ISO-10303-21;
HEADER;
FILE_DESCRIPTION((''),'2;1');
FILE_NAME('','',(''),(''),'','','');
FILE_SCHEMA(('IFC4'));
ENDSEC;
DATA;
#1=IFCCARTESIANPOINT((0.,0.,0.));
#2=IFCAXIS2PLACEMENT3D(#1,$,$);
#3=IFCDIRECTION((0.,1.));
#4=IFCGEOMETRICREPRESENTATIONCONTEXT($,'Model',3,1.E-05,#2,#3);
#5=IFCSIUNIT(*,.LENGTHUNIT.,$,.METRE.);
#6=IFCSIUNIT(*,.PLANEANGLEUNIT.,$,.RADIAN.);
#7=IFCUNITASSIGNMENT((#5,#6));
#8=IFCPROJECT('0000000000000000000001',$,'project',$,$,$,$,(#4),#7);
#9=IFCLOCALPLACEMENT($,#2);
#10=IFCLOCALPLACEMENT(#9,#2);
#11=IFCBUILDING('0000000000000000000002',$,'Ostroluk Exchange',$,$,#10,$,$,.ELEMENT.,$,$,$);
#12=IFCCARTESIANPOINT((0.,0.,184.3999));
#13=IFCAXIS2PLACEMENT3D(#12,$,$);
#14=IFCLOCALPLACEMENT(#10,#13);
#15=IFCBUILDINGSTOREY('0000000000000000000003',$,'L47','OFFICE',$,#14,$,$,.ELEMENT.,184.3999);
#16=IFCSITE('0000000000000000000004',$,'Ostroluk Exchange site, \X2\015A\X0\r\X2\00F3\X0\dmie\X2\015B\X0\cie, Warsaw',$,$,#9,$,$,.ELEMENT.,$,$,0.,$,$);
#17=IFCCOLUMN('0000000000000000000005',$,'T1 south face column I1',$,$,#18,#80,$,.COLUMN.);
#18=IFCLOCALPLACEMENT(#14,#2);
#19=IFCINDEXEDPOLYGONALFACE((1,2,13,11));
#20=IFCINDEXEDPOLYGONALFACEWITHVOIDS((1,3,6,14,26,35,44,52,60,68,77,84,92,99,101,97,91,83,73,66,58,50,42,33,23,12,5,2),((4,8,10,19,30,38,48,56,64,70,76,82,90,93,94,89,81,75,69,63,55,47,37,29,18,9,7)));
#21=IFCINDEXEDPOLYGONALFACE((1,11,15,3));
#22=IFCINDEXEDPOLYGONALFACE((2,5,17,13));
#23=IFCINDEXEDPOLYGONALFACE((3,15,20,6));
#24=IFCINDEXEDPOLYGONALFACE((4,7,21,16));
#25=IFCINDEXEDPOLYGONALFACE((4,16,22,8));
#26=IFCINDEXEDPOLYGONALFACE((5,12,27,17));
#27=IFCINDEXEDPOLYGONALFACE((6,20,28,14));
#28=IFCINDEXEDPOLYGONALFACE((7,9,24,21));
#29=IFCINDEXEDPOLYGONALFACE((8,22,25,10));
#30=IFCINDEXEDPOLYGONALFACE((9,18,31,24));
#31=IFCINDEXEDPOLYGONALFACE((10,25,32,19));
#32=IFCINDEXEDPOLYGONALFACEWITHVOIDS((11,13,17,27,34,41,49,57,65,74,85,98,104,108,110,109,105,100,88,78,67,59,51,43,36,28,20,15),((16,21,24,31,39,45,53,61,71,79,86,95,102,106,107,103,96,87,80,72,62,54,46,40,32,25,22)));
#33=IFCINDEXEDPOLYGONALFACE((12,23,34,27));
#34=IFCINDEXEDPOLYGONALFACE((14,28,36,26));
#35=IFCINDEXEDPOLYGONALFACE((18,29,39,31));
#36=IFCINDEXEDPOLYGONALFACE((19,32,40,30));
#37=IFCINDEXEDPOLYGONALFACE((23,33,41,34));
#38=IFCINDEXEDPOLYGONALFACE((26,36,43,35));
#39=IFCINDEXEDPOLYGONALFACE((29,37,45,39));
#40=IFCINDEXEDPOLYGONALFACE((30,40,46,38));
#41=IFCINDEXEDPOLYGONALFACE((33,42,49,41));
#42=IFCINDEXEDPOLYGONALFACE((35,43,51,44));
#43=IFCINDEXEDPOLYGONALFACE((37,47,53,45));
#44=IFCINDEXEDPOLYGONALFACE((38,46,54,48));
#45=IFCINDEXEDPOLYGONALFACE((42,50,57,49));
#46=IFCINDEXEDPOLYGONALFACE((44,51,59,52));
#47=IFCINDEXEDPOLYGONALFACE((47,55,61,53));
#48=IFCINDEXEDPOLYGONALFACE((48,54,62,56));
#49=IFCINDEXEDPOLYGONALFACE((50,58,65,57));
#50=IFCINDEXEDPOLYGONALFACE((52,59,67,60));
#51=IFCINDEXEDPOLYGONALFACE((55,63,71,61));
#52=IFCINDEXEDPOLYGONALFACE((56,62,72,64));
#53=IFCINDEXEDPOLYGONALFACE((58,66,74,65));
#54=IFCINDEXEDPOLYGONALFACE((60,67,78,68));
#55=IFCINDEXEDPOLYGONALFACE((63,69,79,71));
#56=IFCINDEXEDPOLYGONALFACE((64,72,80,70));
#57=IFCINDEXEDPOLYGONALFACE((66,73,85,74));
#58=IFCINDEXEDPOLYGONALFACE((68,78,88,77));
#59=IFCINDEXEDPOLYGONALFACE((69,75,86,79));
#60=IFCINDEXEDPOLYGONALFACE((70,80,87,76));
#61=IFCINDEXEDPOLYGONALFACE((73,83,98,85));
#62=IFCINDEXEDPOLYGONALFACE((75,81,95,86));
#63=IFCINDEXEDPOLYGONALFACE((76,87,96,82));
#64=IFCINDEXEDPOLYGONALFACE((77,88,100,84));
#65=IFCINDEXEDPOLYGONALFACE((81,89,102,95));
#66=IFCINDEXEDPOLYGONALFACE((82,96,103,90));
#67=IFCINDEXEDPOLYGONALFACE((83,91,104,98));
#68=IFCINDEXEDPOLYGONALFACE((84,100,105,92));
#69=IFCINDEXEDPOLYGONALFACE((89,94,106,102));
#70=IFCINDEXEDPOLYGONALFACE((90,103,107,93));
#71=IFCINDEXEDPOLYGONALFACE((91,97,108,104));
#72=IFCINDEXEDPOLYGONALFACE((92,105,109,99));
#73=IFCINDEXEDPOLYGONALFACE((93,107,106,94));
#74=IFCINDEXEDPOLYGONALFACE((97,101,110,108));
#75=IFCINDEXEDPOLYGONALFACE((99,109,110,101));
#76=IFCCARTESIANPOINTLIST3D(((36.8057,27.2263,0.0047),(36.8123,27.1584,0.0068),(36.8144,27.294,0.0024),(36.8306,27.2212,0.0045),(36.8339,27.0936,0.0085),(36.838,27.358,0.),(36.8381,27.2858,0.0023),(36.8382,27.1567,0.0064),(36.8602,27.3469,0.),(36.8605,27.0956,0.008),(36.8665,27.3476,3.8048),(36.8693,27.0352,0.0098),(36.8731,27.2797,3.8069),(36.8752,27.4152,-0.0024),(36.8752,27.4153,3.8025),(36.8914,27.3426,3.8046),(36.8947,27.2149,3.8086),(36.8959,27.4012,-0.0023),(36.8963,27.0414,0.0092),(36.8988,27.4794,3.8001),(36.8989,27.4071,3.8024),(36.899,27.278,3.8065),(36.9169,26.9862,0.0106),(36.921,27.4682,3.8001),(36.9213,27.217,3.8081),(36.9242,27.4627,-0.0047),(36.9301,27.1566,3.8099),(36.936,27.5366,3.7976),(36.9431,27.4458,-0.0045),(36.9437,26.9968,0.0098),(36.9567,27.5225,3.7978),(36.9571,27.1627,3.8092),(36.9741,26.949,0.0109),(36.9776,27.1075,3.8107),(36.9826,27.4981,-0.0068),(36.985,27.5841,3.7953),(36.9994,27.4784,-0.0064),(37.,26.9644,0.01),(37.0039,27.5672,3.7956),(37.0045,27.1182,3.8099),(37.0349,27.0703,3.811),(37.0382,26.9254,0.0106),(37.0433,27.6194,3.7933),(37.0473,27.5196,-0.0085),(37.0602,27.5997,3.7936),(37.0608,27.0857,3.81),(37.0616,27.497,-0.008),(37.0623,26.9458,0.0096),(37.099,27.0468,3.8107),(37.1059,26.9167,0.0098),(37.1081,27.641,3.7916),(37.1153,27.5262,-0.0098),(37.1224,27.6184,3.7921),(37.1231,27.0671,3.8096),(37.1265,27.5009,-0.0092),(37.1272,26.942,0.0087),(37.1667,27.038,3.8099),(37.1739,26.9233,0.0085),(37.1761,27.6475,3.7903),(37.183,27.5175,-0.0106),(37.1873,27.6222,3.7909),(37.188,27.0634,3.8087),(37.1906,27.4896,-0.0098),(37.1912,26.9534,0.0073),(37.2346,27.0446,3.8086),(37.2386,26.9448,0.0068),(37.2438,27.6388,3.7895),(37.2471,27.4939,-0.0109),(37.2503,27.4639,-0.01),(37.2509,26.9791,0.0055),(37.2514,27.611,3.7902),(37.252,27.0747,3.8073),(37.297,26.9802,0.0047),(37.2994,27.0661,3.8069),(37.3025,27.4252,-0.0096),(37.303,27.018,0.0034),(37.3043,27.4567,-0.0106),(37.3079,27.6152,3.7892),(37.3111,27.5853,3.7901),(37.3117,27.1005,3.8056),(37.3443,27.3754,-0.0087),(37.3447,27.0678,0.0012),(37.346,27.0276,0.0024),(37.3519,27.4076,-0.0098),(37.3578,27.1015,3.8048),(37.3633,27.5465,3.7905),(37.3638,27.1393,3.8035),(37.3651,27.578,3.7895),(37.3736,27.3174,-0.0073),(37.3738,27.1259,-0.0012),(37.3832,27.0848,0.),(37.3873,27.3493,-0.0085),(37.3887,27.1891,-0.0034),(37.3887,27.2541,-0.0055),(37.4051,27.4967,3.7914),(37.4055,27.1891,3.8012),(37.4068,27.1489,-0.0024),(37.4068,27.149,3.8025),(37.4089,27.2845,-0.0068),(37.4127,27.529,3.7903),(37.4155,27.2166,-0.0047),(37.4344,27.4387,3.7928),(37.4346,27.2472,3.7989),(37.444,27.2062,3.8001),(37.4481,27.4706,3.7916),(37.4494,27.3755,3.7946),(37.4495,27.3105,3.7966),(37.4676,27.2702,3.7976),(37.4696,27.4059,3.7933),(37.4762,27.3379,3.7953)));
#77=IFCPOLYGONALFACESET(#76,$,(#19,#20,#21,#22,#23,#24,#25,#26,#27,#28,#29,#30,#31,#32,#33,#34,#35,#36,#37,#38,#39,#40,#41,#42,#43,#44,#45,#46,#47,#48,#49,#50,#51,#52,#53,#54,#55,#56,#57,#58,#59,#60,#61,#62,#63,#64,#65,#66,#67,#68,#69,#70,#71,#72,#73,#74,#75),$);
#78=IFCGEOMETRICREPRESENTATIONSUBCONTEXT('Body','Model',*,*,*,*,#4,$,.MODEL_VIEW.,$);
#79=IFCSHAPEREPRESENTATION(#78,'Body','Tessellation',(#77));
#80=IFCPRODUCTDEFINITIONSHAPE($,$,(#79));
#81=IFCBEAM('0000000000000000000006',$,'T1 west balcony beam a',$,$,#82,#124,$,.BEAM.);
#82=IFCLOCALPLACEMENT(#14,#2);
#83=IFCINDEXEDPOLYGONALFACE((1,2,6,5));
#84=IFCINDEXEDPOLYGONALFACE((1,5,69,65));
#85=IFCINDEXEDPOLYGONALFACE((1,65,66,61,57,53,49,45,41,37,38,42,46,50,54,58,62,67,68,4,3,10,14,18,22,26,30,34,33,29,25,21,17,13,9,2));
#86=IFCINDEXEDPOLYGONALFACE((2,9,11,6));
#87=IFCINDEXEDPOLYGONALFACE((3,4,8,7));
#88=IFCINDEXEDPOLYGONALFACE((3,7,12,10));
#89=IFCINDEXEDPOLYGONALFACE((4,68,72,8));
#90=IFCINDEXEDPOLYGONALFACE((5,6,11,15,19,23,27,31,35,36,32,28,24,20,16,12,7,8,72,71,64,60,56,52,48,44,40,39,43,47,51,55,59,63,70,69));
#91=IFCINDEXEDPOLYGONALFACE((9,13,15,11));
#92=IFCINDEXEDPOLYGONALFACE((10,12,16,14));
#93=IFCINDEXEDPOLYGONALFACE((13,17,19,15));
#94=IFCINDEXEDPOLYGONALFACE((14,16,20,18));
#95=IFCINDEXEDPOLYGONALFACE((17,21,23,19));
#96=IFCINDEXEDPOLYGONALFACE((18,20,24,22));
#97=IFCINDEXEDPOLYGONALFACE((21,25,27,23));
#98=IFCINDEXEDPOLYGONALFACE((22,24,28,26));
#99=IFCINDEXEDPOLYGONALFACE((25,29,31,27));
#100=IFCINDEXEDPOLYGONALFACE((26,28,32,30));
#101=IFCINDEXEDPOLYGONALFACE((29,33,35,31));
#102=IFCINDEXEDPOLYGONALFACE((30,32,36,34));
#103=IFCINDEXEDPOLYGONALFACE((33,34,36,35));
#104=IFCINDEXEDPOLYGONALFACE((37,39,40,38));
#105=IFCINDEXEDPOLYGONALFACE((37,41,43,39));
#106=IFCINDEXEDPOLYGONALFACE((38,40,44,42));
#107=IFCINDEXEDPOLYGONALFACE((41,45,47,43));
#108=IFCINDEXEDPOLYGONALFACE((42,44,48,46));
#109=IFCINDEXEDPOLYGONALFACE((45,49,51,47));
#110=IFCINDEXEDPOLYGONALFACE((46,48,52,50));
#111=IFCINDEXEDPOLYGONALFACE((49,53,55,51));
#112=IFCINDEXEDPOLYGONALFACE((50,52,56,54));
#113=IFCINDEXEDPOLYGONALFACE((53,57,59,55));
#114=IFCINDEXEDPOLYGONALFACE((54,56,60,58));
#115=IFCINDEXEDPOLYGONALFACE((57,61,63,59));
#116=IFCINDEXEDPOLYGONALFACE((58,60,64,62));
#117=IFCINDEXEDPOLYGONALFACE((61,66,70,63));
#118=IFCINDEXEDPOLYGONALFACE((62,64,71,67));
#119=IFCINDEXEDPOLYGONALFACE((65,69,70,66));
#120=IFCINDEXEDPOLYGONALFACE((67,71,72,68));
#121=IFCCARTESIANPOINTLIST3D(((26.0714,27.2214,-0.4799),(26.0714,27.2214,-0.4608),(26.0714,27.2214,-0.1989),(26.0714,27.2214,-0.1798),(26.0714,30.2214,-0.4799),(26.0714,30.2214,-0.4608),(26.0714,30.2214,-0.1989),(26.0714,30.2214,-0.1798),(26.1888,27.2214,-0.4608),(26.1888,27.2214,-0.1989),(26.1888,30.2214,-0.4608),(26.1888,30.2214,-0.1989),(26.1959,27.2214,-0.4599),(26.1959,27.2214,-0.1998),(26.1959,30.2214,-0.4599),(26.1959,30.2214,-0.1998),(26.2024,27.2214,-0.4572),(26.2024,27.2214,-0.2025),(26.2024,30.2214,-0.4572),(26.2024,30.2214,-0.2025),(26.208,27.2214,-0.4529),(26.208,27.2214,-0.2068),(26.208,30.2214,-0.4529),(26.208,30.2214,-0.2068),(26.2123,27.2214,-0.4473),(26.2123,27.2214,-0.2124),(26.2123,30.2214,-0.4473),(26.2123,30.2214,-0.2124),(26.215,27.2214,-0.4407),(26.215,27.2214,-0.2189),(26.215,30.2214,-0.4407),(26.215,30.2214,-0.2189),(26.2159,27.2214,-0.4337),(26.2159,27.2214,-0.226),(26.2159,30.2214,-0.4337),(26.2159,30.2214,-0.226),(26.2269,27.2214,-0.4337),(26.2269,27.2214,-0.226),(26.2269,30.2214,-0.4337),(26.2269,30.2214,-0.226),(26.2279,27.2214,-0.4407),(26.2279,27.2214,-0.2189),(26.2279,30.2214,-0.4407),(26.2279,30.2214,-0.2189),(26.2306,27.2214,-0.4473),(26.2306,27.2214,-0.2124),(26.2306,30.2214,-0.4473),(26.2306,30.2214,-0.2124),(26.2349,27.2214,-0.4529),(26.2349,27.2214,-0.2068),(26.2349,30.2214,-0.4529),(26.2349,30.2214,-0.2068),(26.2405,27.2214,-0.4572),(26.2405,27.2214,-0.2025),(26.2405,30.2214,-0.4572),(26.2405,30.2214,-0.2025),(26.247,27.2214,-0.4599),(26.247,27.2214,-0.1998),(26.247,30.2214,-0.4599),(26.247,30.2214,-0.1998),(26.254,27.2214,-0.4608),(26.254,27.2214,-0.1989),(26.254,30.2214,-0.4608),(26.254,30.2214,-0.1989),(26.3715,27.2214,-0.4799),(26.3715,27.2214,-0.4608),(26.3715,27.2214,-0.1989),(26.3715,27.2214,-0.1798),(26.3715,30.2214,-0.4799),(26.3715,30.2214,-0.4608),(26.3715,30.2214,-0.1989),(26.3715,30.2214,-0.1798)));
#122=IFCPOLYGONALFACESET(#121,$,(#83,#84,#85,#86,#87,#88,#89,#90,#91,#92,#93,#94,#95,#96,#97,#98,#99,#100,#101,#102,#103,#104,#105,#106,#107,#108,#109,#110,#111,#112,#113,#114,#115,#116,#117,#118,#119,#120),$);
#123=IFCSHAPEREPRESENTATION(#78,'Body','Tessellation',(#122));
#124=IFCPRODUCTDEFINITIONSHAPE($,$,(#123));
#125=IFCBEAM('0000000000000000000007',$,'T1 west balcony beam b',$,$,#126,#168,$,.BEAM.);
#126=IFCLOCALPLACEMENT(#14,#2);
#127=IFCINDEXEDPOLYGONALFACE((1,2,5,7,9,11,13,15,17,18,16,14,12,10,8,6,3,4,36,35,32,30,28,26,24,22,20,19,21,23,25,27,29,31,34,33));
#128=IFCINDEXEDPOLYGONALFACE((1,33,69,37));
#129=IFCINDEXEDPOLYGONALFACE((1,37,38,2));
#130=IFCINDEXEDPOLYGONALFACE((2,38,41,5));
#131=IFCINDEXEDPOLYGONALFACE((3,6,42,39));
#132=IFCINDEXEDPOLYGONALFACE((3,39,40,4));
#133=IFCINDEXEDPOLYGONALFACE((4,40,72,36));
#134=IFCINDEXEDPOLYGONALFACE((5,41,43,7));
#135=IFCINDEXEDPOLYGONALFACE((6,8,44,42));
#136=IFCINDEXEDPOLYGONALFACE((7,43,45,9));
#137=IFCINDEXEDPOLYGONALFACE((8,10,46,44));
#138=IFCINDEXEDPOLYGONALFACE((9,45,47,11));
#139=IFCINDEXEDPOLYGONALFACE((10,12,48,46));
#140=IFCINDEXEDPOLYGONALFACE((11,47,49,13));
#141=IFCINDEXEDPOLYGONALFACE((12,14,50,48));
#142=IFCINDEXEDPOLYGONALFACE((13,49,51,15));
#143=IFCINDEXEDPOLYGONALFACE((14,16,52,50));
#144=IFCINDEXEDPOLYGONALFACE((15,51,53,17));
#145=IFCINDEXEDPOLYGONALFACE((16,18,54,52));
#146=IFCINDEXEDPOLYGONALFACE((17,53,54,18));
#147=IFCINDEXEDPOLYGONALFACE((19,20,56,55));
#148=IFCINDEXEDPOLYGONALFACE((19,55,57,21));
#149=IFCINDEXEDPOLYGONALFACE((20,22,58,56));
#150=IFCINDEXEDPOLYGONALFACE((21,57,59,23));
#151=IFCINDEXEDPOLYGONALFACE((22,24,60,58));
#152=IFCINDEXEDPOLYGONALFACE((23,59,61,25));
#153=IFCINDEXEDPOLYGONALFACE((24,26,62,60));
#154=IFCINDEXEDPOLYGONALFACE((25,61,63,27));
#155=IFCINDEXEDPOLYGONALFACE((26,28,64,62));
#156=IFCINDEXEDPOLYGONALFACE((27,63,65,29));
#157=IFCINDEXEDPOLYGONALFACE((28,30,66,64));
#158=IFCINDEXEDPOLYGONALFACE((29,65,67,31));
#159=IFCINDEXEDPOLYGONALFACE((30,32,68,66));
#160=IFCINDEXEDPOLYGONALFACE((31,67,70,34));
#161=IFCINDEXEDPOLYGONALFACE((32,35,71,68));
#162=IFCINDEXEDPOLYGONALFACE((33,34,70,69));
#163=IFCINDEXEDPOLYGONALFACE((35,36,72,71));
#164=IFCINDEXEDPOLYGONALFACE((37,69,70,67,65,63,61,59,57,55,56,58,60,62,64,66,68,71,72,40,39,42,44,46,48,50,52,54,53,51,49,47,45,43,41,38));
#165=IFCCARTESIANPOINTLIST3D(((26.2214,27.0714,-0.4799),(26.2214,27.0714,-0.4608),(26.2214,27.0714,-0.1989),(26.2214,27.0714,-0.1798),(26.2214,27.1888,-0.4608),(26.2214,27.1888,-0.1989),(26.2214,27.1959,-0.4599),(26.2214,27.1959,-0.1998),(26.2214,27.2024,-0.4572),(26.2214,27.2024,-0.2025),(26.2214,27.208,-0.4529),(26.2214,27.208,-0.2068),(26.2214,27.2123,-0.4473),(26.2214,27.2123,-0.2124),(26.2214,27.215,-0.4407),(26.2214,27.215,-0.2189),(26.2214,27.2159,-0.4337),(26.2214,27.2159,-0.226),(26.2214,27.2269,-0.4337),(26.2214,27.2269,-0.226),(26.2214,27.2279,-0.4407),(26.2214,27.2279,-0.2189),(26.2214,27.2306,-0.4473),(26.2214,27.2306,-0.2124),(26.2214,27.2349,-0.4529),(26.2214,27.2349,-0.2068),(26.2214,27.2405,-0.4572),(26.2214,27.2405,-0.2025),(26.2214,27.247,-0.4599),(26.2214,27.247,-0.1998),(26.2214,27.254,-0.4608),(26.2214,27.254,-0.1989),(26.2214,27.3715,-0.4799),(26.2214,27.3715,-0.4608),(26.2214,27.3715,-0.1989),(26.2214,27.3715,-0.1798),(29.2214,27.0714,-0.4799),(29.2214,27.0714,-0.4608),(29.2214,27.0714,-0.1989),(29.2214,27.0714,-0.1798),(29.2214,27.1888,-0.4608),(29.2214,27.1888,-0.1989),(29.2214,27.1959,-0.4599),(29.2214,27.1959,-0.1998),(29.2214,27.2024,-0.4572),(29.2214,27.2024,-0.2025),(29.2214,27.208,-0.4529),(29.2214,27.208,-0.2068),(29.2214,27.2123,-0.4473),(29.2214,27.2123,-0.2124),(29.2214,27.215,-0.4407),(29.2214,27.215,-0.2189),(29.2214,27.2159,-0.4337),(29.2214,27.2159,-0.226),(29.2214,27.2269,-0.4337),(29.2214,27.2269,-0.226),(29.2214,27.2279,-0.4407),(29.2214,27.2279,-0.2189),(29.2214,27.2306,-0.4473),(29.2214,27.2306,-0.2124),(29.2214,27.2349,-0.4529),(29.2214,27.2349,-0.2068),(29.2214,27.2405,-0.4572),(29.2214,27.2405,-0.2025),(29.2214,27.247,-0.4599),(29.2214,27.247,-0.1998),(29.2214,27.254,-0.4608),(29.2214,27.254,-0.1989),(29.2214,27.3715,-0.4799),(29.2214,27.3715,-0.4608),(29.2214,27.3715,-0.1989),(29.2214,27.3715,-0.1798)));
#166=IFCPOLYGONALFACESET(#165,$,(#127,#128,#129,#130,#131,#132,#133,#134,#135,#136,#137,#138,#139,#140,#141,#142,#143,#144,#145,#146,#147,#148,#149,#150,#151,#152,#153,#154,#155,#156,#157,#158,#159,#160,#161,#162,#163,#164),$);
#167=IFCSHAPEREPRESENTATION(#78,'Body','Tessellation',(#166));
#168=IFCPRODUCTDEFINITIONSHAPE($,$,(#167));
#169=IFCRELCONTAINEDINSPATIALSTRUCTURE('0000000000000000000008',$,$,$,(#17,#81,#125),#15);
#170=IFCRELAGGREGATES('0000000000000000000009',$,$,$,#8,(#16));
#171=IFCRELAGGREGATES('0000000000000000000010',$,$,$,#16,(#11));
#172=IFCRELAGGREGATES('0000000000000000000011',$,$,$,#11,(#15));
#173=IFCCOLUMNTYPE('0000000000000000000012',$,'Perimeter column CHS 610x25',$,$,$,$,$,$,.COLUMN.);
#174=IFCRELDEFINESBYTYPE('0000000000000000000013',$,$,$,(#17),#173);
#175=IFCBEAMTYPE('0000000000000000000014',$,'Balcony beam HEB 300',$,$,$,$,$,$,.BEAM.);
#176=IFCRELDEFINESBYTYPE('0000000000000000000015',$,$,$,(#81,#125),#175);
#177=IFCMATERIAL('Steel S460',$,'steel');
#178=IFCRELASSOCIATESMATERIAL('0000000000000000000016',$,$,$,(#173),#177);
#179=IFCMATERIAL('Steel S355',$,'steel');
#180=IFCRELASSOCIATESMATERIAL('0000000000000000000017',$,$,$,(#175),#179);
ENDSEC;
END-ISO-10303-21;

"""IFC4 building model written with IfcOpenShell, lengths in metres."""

from ifc_helpers import new_model, si_unit, direction, frame, origin, origin_2d, place, context, subcontext, project, spatial, hollow_circle, i_section, extrude, material, material_profile, profile_set, type_object, element, save


model = new_model("IFC4")

# Units and contexts
model_context = context("Model", 3, precision=1e-05, world=origin(), true_north=direction((0.0, 1.0)))
body_context = subcontext(model_context, "Body", "Model", "MODEL_VIEW")
ifc_project = project(units=[si_unit("LENGTHUNIT", "METRE"), si_unit("PLANEANGLEUNIT", "RADIAN")], contexts=[model_context])

# Site, building, storey
site_placement = place(None, origin())
site = spatial("IfcSite", under=ifc_project, at=site_placement, Name="Ostroluk Exchange site, Śródmieście, Warsaw", CompositionType="ELEMENT", RefElevation=0.0)
building_placement = place(site_placement, origin())
building = spatial("IfcBuilding", under=site, at=building_placement, Name="Ostroluk Exchange", CompositionType="ELEMENT")
storey_placement = place(building_placement, frame((0.0, 0.0, 184.3999)))
storey = spatial("IfcBuildingStorey", under=building, at=storey_placement, Name="L47", Description="OFFICE", CompositionType="ELEMENT", Elevation=184.3999)

# Column
ifc_material_1 = material(Name="Steel S460", Category="steel")
ifc_material_profile_1 = material_profile(ifc_material_1, hollow_circle(Radius=0.3049, WallThickness=0.0249, at=origin_2d()), Name="CHS 610x25")
ifc_profile_set_1 = profile_set([ifc_material_profile_1], Name="Steel S460")
column_type_1 = type_object("IfcColumnType", Name="Perimeter column CHS 610x25", PredefinedType="COLUMN", material=ifc_profile_set_1)
column_1_placement = place(storey_placement, frame((37.1106, 27.2214, 0.0), z_axis=(0.015987, 0.03191, 0.999363), x_axis=(-0.894067, 0.447933, 0.0)))
element("IfcColumn", 1, at=column_1_placement, inside=storey, type_object=column_type_1, Name="T1 south face column I1", PredefinedType="COLUMN", context=body_context, shape_type="SweptSolid", body=[
    extrude(hollow_circle(Radius=0.3049, WallThickness=0.0249, at=origin_2d()), origin(), (0.0, 0.0, 1.0), 3.8025),
])

# Beams
ifc_material_2 = material(Name="Steel S355", Category="steel")
ifc_material_profile_2 = material_profile(ifc_material_2, i_section(OverallWidth=0.3, OverallDepth=0.3, WebThickness=0.011, FlangeThickness=0.019, FilletRadius=0.0271, at=origin_2d()), Name="HEB 300")
ifc_profile_set_2 = profile_set([ifc_material_profile_2], Name="Steel S355")
beam_type_1 = type_object("IfcBeamType", Name="Balcony beam HEB 300", PredefinedType="BEAM", material=ifc_profile_set_2)
for number, where, z_axis, x_axis, name in (
    (2, (26.2214, 30.2214, -0.3298), (0.0, -1.0, 0.0), (1.0, 0.0, 0.0), "T1 west balcony beam a"),
    (3, (29.2214, 27.2214, -0.3298), (-1.0, 0.0, 0.0), (0.0, -1.0, 0.0), "T1 west balcony beam b"),
):
    element("IfcBeam", number, at=place(storey_placement, frame(where, z_axis=z_axis, x_axis=x_axis)), inside=storey, type_object=beam_type_1, Name=name, PredefinedType="BEAM", context=body_context, shape_type="SweptSolid", body=[
        extrude(i_section(OverallWidth=0.3, OverallDepth=0.3, WebThickness=0.011, FlangeThickness=0.019, FilletRadius=0.0271, at=origin_2d()), origin(), (0.0, 0.0, 1.0), 3.0),
    ])

save(model, "model.ifc")
